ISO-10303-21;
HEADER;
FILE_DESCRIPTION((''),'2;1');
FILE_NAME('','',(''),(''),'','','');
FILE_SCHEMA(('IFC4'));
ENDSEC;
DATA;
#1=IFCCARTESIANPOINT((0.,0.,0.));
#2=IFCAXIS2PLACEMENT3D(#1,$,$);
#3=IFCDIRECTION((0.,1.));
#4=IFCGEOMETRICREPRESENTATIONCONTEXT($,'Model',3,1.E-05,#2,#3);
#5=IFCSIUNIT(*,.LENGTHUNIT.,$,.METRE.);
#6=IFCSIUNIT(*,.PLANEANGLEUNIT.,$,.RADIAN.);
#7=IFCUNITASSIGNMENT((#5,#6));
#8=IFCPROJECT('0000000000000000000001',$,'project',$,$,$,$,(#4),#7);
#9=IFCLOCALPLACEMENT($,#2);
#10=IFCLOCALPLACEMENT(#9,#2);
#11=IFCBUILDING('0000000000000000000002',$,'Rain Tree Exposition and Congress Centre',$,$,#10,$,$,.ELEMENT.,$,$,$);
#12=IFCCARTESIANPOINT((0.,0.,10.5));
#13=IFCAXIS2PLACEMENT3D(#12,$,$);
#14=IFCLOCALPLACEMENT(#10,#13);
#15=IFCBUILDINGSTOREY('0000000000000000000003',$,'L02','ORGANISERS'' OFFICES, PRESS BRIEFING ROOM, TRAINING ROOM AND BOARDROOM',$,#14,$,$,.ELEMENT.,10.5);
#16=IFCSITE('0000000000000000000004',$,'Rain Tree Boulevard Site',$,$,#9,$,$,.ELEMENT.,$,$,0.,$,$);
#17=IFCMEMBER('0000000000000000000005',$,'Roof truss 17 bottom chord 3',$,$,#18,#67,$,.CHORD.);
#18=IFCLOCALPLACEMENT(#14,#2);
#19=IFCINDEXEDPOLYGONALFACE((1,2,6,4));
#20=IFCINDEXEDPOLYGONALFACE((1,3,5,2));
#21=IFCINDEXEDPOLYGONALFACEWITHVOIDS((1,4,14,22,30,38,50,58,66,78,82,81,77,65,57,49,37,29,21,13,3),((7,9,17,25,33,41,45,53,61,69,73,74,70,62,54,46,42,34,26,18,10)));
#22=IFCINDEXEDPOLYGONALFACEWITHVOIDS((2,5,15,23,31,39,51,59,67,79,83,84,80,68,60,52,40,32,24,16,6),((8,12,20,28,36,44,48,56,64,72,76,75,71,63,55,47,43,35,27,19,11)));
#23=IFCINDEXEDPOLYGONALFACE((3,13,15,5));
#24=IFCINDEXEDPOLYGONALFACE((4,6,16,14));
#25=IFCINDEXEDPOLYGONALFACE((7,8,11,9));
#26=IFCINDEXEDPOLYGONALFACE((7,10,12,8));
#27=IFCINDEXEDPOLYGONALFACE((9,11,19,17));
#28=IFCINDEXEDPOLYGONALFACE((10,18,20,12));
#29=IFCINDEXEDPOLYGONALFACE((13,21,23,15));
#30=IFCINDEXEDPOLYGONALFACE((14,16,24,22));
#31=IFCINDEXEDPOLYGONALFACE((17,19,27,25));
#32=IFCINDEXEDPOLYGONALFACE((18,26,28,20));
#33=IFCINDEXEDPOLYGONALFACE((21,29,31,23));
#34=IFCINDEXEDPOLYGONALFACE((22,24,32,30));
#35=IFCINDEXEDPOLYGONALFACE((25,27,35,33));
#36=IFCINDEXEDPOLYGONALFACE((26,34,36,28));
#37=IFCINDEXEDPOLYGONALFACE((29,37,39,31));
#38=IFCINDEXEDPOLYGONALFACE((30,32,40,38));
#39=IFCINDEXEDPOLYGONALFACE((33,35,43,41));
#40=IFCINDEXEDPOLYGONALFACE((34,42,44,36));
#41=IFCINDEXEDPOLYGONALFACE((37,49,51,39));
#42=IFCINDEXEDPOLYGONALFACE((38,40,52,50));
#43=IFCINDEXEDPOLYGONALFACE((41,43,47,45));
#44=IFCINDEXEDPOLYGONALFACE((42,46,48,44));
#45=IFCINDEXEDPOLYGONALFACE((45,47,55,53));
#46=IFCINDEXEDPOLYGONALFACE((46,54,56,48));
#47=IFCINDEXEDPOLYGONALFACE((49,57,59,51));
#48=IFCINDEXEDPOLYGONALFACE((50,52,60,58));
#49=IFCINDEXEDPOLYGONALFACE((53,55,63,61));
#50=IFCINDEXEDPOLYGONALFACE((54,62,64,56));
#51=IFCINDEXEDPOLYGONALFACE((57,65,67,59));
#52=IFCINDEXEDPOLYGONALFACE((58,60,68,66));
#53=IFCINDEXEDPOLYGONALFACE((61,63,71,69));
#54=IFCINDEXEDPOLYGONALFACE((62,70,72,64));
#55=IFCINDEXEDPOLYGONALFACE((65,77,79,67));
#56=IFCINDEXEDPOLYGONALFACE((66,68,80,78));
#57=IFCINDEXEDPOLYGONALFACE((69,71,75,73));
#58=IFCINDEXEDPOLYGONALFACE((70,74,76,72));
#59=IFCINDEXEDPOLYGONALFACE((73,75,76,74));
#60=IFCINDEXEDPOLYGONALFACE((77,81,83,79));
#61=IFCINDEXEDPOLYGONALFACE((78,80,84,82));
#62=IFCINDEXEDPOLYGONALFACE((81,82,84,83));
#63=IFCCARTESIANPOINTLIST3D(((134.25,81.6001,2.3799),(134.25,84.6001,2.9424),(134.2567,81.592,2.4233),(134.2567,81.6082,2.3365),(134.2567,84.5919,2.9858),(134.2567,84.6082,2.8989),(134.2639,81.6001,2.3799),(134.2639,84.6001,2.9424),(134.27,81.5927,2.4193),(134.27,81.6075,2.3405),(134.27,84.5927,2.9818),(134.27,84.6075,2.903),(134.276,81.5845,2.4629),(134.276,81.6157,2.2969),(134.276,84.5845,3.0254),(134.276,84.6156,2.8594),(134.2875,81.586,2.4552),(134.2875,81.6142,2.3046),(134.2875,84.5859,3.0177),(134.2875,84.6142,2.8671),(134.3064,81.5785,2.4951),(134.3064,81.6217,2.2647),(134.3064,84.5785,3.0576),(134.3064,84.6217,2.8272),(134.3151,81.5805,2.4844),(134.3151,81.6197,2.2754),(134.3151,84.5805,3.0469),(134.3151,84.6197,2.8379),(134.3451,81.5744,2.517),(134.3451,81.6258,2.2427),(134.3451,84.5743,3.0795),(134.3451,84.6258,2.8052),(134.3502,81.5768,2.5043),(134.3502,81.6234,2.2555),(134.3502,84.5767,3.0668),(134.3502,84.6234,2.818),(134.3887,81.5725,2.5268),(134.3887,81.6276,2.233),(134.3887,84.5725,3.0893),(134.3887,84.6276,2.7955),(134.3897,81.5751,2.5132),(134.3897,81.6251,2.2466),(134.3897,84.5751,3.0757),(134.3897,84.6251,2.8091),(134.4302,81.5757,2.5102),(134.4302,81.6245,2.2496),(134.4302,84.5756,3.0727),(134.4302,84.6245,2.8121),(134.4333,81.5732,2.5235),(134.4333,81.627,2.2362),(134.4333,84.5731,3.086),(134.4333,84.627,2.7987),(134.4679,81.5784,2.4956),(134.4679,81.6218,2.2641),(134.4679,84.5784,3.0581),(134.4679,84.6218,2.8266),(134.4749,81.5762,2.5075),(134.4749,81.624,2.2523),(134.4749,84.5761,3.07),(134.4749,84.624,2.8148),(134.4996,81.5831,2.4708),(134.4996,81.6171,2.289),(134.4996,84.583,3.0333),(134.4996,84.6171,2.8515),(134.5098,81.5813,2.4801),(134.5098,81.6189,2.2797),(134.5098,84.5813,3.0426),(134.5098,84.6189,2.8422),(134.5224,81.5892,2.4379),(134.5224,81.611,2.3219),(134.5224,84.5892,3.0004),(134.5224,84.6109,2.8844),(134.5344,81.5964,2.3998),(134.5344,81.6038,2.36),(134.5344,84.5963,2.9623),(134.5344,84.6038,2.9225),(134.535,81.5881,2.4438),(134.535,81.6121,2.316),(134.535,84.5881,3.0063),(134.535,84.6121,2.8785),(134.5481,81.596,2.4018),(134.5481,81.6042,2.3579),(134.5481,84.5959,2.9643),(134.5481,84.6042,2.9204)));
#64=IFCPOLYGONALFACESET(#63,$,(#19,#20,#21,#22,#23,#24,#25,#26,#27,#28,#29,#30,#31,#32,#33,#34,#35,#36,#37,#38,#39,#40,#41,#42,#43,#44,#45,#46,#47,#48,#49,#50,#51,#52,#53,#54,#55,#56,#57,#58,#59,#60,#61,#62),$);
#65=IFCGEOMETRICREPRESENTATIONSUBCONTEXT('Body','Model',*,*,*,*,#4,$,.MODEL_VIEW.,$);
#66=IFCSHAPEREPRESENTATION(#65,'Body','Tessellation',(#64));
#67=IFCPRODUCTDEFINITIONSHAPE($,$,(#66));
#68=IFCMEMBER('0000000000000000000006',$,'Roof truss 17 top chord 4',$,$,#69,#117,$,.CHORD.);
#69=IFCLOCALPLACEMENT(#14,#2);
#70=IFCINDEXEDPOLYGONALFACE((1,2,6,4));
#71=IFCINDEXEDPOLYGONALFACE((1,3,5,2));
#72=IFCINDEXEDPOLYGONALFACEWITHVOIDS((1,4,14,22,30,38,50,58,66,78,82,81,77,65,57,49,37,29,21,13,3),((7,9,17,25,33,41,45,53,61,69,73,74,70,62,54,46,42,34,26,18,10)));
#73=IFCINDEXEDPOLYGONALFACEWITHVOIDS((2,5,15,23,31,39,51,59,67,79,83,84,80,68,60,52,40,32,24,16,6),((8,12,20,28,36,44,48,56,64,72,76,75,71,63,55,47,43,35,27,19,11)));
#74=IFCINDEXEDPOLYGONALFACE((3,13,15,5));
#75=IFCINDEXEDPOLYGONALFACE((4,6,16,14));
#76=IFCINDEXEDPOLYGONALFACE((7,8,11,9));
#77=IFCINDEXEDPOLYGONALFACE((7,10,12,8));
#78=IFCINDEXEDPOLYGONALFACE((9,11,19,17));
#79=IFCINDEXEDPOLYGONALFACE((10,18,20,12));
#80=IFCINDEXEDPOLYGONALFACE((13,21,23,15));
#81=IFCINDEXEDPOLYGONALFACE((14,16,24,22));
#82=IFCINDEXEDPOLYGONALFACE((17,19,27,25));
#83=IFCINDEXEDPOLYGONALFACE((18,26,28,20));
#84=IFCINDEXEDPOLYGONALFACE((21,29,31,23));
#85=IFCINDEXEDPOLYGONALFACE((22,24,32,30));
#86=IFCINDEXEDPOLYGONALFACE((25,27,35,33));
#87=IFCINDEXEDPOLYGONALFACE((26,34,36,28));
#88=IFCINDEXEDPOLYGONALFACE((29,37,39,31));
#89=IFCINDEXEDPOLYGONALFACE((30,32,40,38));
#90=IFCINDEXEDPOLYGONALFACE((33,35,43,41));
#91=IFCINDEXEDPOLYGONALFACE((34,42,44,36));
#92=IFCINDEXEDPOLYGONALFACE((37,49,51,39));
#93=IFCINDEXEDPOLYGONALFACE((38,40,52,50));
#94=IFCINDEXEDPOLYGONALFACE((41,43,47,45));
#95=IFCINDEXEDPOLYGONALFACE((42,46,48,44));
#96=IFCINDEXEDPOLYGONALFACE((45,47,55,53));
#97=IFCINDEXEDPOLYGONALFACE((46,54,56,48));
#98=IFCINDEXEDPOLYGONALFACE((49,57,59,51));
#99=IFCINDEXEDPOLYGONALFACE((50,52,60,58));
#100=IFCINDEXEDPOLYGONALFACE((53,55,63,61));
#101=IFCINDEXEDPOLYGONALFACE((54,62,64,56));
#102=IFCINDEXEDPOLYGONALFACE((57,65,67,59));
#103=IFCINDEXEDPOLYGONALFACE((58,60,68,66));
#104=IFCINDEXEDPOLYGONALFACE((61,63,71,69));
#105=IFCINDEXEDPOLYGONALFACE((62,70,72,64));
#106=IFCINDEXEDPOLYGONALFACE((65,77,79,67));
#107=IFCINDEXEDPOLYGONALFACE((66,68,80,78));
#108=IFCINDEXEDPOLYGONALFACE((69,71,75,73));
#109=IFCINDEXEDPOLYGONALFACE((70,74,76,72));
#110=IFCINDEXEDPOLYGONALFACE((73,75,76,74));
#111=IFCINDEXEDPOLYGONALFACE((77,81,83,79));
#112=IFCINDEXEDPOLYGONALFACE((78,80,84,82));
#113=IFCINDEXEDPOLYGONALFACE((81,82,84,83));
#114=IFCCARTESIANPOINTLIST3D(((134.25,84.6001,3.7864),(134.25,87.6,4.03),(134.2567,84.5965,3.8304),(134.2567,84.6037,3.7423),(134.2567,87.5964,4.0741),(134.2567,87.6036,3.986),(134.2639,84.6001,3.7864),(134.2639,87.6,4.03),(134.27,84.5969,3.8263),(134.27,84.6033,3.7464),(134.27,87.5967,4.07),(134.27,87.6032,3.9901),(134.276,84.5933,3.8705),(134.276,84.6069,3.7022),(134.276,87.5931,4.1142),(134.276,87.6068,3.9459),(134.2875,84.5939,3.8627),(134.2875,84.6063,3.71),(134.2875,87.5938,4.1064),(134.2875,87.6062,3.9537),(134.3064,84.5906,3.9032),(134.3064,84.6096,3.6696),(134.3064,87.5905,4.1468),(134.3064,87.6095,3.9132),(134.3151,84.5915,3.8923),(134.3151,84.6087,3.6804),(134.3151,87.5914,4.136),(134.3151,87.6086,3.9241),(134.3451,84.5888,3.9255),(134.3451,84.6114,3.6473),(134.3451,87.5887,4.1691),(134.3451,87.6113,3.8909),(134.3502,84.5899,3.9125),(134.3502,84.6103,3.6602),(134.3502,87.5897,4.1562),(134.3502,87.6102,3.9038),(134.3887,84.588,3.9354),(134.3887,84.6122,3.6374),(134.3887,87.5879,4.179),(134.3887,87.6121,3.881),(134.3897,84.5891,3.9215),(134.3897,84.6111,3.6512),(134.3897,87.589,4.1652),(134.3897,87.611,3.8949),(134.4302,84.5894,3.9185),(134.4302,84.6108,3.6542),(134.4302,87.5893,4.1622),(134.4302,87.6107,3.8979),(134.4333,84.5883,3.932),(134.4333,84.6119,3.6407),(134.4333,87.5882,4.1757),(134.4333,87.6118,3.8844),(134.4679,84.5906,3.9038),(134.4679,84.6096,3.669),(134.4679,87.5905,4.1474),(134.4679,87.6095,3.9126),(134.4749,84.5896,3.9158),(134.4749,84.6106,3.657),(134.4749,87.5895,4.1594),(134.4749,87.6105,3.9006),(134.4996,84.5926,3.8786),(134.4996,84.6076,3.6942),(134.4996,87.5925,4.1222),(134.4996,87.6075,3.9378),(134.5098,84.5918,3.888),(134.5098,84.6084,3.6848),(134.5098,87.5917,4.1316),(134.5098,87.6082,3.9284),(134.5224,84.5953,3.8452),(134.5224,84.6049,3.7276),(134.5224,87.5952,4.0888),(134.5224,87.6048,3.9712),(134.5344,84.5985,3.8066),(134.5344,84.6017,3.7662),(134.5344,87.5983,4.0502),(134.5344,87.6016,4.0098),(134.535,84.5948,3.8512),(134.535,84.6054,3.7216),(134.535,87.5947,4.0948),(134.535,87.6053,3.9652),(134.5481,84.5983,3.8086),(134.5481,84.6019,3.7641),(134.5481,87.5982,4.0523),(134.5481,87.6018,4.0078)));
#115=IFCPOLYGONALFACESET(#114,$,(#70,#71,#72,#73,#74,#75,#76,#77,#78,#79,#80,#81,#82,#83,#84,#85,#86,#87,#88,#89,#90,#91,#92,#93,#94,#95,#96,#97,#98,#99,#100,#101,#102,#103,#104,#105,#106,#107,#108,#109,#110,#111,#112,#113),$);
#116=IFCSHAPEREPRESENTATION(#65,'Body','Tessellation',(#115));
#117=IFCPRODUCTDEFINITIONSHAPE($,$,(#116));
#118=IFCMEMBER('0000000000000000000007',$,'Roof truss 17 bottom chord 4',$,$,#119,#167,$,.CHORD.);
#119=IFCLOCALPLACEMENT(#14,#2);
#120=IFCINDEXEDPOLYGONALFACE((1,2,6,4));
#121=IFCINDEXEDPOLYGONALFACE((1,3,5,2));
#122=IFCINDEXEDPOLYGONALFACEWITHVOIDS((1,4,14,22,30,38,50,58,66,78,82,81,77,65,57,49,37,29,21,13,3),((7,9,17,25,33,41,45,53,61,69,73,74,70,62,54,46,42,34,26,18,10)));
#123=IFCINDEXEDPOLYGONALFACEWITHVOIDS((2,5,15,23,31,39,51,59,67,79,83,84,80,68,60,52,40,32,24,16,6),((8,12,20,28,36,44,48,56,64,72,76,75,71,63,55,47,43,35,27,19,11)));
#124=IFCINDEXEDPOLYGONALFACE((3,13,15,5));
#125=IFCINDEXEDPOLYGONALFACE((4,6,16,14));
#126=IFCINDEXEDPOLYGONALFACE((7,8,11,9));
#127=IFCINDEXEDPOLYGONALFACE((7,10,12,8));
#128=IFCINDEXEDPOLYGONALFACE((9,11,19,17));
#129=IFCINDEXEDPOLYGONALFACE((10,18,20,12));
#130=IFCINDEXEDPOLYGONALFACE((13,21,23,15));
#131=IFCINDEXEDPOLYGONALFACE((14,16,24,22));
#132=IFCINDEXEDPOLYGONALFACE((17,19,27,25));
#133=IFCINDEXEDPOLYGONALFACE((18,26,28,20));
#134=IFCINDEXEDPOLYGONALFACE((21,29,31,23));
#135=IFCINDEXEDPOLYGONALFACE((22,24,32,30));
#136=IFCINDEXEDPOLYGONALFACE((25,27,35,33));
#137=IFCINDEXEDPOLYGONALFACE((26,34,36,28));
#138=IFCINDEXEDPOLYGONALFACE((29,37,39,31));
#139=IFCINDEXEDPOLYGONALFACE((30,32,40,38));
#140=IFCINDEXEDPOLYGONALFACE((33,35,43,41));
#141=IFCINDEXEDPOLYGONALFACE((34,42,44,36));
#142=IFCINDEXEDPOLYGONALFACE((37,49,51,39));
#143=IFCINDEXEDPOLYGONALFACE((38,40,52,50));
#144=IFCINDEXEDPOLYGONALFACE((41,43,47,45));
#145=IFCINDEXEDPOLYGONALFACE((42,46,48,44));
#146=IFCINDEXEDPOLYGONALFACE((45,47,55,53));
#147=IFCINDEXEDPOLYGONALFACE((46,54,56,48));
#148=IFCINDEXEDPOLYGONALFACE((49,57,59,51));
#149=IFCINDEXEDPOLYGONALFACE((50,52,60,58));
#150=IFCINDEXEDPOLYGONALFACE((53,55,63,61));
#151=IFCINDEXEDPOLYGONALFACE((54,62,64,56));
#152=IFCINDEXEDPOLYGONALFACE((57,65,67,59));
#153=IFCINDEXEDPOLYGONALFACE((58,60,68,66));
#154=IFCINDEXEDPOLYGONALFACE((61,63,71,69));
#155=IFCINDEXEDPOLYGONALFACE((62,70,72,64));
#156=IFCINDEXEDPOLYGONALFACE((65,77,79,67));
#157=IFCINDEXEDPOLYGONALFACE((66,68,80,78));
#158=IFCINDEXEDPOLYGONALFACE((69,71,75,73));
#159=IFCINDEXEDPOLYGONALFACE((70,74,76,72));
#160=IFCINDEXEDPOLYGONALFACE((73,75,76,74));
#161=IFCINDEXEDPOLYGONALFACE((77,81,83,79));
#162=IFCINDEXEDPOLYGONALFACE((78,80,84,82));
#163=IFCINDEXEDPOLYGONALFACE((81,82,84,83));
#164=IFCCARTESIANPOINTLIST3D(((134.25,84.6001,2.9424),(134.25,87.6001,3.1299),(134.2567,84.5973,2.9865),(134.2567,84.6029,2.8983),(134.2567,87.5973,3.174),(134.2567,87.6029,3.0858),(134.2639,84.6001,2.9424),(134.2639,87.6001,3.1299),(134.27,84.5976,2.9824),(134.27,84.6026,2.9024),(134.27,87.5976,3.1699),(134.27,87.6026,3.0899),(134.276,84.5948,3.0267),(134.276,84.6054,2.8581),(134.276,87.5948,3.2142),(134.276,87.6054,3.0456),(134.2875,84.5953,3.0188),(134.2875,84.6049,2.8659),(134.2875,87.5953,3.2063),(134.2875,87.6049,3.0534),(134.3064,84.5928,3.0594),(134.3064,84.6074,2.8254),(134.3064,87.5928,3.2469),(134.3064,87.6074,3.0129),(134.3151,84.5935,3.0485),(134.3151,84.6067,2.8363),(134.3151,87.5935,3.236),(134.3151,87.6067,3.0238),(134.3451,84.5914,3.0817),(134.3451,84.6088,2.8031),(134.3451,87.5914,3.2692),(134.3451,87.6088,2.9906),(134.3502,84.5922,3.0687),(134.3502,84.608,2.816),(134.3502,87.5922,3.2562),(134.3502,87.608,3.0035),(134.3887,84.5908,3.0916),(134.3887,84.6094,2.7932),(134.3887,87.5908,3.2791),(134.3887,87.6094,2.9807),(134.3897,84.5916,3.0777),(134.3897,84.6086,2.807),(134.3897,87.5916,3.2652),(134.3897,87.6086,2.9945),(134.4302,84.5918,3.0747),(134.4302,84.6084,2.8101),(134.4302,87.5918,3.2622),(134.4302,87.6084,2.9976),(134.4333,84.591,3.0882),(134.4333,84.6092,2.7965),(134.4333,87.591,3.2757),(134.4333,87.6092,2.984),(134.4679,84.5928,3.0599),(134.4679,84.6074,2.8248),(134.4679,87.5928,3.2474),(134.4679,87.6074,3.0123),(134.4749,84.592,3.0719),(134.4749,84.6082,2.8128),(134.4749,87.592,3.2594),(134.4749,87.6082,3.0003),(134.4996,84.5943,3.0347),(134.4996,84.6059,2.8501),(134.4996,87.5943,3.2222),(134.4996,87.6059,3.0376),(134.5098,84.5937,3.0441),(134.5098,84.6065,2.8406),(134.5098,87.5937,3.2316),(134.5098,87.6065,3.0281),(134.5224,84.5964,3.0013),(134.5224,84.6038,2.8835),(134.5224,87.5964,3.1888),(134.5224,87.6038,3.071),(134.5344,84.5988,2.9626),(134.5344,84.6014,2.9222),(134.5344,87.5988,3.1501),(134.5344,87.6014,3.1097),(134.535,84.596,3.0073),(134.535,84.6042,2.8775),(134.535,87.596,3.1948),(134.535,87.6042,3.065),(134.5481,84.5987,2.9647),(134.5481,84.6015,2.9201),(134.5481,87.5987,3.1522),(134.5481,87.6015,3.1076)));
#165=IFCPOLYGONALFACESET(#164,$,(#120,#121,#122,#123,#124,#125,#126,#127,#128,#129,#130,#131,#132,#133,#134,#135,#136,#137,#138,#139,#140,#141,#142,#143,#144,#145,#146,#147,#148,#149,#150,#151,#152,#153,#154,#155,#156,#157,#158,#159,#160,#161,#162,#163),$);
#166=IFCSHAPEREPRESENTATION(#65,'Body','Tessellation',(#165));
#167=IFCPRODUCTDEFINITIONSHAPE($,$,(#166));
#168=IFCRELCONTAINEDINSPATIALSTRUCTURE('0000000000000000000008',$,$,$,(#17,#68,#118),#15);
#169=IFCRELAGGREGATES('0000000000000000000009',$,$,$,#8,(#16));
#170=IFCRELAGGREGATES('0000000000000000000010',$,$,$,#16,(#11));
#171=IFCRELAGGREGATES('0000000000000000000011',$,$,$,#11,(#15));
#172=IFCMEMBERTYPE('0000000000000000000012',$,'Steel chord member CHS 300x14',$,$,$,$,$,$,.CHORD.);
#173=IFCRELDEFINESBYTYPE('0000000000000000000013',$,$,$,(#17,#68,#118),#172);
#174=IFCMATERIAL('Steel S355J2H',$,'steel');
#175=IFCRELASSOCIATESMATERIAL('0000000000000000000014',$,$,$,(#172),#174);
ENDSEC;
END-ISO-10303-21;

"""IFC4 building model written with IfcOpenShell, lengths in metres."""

from ifc_helpers import new_model, si_unit, direction, frame, origin, origin_2d, place, context, subcontext, project, spatial, hollow_circle, extrude, material, material_profile, profile_set, type_object, element, save


model = new_model("IFC4")

# Units and contexts
model_context = context("Model", 3, precision=1e-05, world=origin(), true_north=direction((0.0, 1.0)))
body_context = subcontext(model_context, "Body", "Model", "MODEL_VIEW")
ifc_project = project(units=[si_unit("LENGTHUNIT", "METRE"), si_unit("PLANEANGLEUNIT", "RADIAN")], contexts=[model_context])

# Site, building, storey
site_placement = place(None, origin())
site = spatial("IfcSite", under=ifc_project, at=site_placement, Name="Rain Tree Boulevard Site", CompositionType="ELEMENT", RefElevation=0.0)
building_placement = place(site_placement, origin())
building = spatial("IfcBuilding", under=site, at=building_placement, Name="Rain Tree Exposition and Congress Centre", CompositionType="ELEMENT")
storey_placement = place(building_placement, frame((0.0, 0.0, 10.5)))
storey = spatial("IfcBuildingStorey", under=building, at=storey_placement, Name="L02", Description="ORGANISERS' OFFICES, PRESS BRIEFING ROOM, TRAINING ROOM AND BOARDROOM", CompositionType="ELEMENT", Elevation=10.5)

# Members
ifc_material_1 = material(Name="Steel S355J2H", Category="steel")
ifc_material_profile_1 = material_profile(ifc_material_1, hollow_circle(Radius=0.1499, WallThickness=0.0139, at=origin_2d()), Name="CHS 300x14")
ifc_profile_set_1 = profile_set([ifc_material_profile_1], Name="Steel S355J2H")
member_type_1 = type_object("IfcMemberType", Name="Steel chord member CHS 300x14", PredefinedType="CHORD", material=ifc_profile_set_1)
member_1_placement = place(storey_placement, frame((134.3999, 81.6001, 2.3799), z_axis=(0.0, 0.982872, 0.184289), x_axis=(-1.0, 0.0, 0.0)))
element("IfcMember", 1, at=member_1_placement, inside=storey, type_object=member_type_1, Name="Roof truss 17 bottom chord 3", PredefinedType="CHORD", context=body_context, shape_type="SweptSolid", body=[
    extrude(hollow_circle(Radius=0.1499, WallThickness=0.0139, at=origin_2d()), origin(), (0.0, 0.0, 1.0), 3.0522),
])
member_2_placement = place(storey_placement, frame((134.3999, 84.6001, 3.7864), z_axis=(0.0, 0.996718, 0.080951), x_axis=(-1.0, 0.0, 0.0)))
element("IfcMember", 2, at=member_2_placement, inside=storey, type_object=member_type_1, Name="Roof truss 17 top chord 4", PredefinedType="CHORD", context=body_context, shape_type="SweptSolid", body=[
    extrude(hollow_circle(Radius=0.1499, WallThickness=0.0139, at=origin_2d()), origin(), (0.0, 0.0, 1.0), 3.0098),
])
member_3_placement = place(storey_placement, frame((134.3999, 84.6001, 2.9424), z_axis=(0.0, 0.998053, 0.062378), x_axis=(-1.0, 0.0, 0.0)))
element("IfcMember", 3, at=member_3_placement, inside=storey, type_object=member_type_1, Name="Roof truss 17 bottom chord 4", PredefinedType="CHORD", context=body_context, shape_type="SweptSolid", body=[
    extrude(hollow_circle(Radius=0.1499, WallThickness=0.0139, at=origin_2d()), origin(), (0.0, 0.0, 1.0), 3.0059),
])

save(model, "model.ifc")
